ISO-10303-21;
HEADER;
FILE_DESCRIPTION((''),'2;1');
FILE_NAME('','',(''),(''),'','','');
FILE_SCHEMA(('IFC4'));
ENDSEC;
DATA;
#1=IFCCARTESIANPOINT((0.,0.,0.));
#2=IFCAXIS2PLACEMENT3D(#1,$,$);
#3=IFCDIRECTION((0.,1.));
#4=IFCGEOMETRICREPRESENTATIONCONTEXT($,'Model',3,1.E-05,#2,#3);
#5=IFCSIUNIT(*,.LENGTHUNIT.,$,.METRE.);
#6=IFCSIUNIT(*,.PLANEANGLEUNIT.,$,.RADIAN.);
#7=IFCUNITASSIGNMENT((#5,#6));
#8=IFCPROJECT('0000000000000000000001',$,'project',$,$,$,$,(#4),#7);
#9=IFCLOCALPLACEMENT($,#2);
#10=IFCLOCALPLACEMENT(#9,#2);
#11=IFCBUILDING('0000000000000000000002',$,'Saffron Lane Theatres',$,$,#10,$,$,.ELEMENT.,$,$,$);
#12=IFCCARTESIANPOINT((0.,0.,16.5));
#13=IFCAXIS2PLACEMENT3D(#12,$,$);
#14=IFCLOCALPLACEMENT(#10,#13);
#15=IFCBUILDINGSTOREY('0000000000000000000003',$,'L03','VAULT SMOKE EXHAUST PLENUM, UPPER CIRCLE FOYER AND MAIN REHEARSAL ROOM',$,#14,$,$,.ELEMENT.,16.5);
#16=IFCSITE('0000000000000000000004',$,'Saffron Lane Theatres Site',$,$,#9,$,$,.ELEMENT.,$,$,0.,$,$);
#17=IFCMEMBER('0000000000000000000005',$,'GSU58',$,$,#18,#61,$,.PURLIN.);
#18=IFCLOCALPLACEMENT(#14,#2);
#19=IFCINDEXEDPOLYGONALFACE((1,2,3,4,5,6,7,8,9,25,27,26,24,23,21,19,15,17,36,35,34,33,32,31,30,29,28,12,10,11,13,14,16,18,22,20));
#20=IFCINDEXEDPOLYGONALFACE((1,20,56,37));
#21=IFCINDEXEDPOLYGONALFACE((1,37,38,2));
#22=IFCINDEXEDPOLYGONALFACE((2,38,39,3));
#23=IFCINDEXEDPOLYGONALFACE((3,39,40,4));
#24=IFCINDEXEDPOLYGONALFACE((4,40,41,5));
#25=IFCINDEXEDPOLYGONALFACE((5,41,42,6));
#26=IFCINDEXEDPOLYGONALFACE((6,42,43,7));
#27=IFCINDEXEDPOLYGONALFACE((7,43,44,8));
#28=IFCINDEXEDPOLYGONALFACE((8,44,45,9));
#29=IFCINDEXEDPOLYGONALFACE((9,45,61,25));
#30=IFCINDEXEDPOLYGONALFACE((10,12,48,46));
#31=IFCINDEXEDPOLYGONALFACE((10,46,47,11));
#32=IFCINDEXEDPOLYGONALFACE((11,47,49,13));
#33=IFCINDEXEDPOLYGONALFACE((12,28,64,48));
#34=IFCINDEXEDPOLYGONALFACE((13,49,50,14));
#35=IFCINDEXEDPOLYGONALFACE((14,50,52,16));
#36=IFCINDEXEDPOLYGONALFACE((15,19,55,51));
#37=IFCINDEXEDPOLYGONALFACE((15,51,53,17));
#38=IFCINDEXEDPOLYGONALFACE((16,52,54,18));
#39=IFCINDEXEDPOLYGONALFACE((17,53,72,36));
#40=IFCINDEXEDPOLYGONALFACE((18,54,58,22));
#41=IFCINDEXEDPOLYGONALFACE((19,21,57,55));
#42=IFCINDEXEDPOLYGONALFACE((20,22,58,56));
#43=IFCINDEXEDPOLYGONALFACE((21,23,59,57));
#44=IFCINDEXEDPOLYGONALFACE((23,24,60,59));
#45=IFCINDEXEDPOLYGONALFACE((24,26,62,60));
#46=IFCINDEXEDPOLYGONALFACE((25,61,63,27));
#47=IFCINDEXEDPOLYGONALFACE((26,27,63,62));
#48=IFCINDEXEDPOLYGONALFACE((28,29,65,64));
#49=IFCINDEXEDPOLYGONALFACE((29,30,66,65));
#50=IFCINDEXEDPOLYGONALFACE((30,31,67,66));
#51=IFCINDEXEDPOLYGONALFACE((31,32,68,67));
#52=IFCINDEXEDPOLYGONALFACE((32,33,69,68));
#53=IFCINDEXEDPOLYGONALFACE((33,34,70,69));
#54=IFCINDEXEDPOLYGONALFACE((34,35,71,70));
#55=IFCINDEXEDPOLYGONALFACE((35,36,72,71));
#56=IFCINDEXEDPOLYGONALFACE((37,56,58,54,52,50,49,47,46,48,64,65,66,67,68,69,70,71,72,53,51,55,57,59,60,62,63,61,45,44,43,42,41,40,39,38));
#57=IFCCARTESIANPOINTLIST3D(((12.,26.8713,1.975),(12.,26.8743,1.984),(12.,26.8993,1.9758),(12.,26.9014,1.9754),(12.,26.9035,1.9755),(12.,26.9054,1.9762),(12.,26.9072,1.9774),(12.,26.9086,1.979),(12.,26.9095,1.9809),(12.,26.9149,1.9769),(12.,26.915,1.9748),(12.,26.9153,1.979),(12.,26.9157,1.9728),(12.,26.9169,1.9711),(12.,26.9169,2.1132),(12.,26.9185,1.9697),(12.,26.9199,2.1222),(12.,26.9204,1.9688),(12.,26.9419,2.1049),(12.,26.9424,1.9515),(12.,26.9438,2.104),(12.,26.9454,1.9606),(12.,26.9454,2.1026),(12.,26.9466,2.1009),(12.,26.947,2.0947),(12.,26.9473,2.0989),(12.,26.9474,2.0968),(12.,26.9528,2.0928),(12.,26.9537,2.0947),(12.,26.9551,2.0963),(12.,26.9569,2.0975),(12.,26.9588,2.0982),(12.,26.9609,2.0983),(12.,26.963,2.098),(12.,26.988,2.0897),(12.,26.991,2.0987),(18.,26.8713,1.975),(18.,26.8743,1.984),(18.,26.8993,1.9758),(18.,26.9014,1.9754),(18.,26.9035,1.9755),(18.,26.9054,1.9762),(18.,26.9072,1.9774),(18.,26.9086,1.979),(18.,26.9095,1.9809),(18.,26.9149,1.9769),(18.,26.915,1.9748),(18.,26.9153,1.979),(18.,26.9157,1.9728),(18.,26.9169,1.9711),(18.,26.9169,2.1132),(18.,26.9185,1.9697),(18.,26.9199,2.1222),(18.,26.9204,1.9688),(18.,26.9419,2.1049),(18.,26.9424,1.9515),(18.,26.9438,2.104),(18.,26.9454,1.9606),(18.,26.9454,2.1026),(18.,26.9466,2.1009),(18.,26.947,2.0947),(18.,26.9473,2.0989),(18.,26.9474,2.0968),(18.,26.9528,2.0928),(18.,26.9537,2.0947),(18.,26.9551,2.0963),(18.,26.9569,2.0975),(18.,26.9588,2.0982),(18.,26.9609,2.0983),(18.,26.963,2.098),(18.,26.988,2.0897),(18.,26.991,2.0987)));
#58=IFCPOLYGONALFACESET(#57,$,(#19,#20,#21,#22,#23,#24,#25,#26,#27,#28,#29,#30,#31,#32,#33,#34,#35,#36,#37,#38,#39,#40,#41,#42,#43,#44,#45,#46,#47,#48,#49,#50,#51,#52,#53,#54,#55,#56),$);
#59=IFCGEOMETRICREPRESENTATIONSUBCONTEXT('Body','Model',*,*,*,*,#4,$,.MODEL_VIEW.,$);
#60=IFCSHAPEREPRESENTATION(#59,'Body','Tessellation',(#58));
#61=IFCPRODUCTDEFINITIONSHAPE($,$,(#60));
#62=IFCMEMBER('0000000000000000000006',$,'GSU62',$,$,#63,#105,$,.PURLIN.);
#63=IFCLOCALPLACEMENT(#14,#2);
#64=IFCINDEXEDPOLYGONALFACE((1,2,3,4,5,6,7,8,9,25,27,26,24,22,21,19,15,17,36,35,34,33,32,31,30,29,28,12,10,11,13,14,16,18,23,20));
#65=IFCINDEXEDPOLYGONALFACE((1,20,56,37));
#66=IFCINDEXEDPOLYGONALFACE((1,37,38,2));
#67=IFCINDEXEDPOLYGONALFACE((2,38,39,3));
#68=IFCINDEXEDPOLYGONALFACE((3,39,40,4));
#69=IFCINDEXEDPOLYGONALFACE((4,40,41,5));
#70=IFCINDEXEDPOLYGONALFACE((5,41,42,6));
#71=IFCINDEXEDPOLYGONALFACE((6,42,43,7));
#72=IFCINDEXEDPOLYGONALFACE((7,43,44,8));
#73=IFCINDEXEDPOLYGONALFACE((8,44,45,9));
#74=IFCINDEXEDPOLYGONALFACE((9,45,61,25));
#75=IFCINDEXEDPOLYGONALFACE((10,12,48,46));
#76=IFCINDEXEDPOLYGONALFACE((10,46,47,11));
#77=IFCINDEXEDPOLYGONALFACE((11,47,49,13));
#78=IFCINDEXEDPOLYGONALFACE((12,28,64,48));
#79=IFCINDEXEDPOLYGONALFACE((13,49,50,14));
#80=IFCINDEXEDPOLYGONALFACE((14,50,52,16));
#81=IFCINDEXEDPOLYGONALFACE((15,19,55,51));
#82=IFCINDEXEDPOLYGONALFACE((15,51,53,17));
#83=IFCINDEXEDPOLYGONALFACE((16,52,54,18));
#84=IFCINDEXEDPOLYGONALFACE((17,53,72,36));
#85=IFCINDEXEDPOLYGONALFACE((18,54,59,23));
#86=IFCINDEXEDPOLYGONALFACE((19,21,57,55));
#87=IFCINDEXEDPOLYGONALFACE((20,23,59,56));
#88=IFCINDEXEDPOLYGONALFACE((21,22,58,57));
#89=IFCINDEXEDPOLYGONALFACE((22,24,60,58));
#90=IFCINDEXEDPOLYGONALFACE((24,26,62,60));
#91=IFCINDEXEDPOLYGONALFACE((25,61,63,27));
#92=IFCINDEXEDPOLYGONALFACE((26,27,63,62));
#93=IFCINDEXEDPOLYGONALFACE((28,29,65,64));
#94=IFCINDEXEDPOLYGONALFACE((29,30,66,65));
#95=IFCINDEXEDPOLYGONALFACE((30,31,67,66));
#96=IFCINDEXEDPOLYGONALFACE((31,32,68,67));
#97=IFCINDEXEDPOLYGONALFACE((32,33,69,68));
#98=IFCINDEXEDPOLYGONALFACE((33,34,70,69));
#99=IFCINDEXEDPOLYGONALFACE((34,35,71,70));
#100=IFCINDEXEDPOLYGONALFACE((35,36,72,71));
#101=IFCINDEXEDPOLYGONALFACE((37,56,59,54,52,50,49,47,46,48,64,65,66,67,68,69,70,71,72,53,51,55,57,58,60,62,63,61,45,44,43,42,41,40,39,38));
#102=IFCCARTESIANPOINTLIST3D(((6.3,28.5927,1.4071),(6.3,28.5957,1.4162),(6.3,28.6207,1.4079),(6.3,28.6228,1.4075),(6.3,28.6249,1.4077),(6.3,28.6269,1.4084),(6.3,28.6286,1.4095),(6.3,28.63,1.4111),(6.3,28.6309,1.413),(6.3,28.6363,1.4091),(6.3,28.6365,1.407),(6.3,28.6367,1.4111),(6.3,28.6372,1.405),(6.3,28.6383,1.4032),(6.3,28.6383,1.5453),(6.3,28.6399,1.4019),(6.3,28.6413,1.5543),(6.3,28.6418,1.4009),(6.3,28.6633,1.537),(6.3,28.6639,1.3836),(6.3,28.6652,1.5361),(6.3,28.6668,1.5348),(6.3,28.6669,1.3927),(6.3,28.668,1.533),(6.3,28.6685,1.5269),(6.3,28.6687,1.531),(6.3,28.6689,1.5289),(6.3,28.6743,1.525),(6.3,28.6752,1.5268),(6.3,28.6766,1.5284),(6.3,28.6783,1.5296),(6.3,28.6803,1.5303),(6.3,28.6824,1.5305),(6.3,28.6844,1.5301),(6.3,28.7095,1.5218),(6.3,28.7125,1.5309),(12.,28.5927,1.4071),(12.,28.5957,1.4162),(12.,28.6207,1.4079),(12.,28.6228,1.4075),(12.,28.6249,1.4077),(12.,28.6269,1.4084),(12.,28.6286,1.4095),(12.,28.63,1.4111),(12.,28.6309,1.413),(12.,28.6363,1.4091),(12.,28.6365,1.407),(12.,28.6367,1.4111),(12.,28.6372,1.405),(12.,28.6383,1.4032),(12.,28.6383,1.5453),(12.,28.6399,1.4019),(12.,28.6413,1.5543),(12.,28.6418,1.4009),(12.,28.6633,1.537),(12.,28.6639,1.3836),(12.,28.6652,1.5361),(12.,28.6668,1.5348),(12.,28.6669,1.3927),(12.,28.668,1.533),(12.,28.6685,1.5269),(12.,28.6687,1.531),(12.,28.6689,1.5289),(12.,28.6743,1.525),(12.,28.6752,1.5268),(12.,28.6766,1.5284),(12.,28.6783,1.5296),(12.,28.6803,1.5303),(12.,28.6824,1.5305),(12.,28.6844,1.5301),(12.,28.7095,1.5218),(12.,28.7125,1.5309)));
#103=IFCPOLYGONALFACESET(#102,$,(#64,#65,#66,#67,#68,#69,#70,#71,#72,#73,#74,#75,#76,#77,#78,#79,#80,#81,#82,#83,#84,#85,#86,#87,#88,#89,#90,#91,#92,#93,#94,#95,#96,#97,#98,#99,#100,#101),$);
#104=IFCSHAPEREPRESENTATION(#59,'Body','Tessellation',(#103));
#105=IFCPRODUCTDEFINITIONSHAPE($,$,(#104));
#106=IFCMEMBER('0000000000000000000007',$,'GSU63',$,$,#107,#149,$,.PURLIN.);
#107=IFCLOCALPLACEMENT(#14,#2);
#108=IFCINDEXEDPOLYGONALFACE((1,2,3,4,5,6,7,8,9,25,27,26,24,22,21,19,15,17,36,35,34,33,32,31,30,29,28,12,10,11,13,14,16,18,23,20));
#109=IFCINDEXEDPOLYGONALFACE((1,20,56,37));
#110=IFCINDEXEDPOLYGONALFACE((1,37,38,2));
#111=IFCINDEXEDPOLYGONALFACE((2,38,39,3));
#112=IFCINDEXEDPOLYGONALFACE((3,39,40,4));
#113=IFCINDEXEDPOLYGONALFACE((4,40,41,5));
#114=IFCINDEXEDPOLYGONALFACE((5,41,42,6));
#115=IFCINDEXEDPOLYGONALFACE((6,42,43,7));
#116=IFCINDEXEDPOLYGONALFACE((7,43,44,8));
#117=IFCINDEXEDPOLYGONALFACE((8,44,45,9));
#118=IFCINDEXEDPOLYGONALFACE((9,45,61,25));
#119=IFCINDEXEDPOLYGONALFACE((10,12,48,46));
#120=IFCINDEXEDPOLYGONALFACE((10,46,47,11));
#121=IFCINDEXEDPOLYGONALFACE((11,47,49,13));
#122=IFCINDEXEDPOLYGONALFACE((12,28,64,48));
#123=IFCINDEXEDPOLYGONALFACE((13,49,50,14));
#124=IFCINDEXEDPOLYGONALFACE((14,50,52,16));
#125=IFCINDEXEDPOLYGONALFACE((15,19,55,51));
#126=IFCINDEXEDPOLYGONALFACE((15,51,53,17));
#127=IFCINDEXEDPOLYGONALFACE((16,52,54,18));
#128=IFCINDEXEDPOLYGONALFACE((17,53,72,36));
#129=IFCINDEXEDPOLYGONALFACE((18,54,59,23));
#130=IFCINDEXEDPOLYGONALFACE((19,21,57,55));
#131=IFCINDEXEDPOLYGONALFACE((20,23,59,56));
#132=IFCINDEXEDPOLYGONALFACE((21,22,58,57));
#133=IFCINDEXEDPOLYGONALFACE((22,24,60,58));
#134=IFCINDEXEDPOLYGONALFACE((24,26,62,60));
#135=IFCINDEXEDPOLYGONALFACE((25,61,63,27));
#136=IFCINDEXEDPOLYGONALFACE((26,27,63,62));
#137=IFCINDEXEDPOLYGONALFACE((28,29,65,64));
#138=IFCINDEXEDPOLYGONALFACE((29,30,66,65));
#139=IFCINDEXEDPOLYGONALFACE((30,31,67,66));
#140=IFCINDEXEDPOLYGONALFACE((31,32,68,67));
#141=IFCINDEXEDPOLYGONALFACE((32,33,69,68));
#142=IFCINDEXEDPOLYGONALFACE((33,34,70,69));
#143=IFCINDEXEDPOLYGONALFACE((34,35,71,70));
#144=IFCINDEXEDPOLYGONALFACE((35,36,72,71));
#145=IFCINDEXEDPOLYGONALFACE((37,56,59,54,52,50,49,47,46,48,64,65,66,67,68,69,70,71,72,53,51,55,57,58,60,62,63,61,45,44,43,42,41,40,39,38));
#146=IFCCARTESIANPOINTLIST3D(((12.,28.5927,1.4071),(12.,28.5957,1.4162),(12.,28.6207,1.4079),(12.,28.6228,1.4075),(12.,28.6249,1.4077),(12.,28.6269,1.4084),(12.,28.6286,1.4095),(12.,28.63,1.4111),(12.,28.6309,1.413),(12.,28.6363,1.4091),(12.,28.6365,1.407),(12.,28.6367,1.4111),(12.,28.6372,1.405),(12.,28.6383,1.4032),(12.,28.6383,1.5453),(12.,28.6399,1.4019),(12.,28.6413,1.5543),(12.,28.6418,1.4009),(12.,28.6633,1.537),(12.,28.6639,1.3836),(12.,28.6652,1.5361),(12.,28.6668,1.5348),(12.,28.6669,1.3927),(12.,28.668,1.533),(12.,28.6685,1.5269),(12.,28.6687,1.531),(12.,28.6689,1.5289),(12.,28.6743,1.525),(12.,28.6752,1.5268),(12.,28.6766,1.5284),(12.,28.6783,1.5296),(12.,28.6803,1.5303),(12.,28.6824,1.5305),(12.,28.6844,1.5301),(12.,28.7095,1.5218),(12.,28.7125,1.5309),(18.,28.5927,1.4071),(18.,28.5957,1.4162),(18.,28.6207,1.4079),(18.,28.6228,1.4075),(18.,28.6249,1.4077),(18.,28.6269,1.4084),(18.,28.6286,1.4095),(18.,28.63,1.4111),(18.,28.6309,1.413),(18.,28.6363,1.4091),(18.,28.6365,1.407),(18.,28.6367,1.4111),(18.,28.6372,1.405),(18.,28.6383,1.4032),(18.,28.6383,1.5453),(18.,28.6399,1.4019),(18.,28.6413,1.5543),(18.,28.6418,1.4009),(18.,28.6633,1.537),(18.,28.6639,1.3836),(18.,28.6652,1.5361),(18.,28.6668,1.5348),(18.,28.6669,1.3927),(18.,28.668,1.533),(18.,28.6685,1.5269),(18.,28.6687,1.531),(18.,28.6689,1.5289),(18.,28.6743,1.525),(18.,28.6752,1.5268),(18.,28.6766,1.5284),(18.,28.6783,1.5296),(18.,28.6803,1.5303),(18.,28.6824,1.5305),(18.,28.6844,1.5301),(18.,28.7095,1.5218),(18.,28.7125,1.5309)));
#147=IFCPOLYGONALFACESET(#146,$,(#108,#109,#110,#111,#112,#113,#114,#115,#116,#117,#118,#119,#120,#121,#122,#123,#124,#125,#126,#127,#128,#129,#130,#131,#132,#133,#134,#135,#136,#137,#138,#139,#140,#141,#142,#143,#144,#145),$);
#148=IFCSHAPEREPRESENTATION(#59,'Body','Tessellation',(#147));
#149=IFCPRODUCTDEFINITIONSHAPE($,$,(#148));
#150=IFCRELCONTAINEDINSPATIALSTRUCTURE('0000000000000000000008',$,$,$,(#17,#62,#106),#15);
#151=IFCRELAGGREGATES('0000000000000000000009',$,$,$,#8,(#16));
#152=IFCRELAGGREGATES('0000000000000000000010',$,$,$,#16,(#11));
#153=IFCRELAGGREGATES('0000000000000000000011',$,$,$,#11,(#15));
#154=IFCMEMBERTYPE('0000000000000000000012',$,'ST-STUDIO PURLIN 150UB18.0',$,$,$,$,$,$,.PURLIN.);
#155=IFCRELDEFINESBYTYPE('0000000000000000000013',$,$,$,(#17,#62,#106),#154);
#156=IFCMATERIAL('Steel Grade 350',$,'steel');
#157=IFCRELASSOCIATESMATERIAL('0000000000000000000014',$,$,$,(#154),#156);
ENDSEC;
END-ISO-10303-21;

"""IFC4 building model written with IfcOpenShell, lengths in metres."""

from ifc_helpers import new_model, si_unit, direction, frame, origin, origin_2d, place, context, subcontext, project, spatial, i_section, extrude, material, material_profile, profile_set, type_object, element, save


model = new_model("IFC4")

# Units and contexts
model_context = context("Model", 3, precision=1e-05, world=origin(), true_north=direction((0.0, 1.0)))
body_context = subcontext(model_context, "Body", "Model", "MODEL_VIEW")
ifc_project = project(units=[si_unit("LENGTHUNIT", "METRE"), si_unit("PLANEANGLEUNIT", "RADIAN")], contexts=[model_context])

# Site, building, storey
site_placement = place(None, origin())
site = spatial("IfcSite", under=ifc_project, at=site_placement, Name="Saffron Lane Theatres Site", CompositionType="ELEMENT", RefElevation=0.0)
building_placement = place(site_placement, origin())
building = spatial("IfcBuilding", under=site, at=building_placement, Name="Saffron Lane Theatres", CompositionType="ELEMENT")
storey_placement = place(building_placement, frame((0.0, 0.0, 16.5)))
storey = spatial("IfcBuildingStorey", under=building, at=storey_placement, Name="L03", Description="VAULT SMOKE EXHAUST PLENUM, UPPER CIRCLE FOYER AND MAIN REHEARSAL ROOM", CompositionType="ELEMENT", Elevation=16.5)

# Members
ifc_material_1 = material(Name="Steel Grade 350", Category="steel")
ifc_material_profile_1 = material_profile(ifc_material_1, i_section(OverallWidth=0.075, OverallDepth=0.155, WebThickness=0.0061, FlangeThickness=0.0095, FilletRadius=0.0081, at=origin_2d()))
ifc_profile_set_1 = profile_set([ifc_material_profile_1], Name="Steel Grade 350")
member_type_1 = type_object("IfcMemberType", Name="ST-STUDIO PURLIN 150UB18.0", PredefinedType="PURLIN", material=ifc_profile_set_1)
member_1_placement = place(storey_placement, frame((12.0, 26.9312, 2.0369), z_axis=(1.0, 0.0, 0.0), x_axis=(0.0, 0.949629, -0.313377)))
element("IfcMember", 1, at=member_1_placement, inside=storey, type_object=member_type_1, Name="GSU58", PredefinedType="PURLIN", context=body_context, shape_type="SweptSolid", body=[
    extrude(i_section(OverallWidth=0.075, OverallDepth=0.155, WebThickness=0.0061, FlangeThickness=0.0095, FilletRadius=0.0081, at=origin_2d()), origin(), (0.0, 0.0, 1.0), 6.0),
])
member_2_placement = place(storey_placement, frame((6.3, 28.6526, 1.469), z_axis=(1.0, 0.0, 0.0), x_axis=(0.0, 0.949629, -0.313377)))
element("IfcMember", 2, at=member_2_placement, inside=storey, type_object=member_type_1, Name="GSU62", PredefinedType="PURLIN", context=body_context, shape_type="SweptSolid", body=[
    extrude(i_section(OverallWidth=0.075, OverallDepth=0.155, WebThickness=0.0061, FlangeThickness=0.0095, FilletRadius=0.0081, at=origin_2d()), origin(), (0.0, 0.0, 1.0), 5.7),
])
member_3_placement = place(storey_placement, frame((12.0, 28.6526, 1.469), z_axis=(1.0, 0.0, 0.0), x_axis=(0.0, 0.949629, -0.313377)))
element("IfcMember", 3, at=member_3_placement, inside=storey, type_object=member_type_1, Name="GSU63", PredefinedType="PURLIN", context=body_context, shape_type="SweptSolid", body=[
    extrude(i_section(OverallWidth=0.075, OverallDepth=0.155, WebThickness=0.0061, FlangeThickness=0.0095, FilletRadius=0.0081, at=origin_2d()), origin(), (0.0, 0.0, 1.0), 6.0),
])

save(model, "model.ifc")
